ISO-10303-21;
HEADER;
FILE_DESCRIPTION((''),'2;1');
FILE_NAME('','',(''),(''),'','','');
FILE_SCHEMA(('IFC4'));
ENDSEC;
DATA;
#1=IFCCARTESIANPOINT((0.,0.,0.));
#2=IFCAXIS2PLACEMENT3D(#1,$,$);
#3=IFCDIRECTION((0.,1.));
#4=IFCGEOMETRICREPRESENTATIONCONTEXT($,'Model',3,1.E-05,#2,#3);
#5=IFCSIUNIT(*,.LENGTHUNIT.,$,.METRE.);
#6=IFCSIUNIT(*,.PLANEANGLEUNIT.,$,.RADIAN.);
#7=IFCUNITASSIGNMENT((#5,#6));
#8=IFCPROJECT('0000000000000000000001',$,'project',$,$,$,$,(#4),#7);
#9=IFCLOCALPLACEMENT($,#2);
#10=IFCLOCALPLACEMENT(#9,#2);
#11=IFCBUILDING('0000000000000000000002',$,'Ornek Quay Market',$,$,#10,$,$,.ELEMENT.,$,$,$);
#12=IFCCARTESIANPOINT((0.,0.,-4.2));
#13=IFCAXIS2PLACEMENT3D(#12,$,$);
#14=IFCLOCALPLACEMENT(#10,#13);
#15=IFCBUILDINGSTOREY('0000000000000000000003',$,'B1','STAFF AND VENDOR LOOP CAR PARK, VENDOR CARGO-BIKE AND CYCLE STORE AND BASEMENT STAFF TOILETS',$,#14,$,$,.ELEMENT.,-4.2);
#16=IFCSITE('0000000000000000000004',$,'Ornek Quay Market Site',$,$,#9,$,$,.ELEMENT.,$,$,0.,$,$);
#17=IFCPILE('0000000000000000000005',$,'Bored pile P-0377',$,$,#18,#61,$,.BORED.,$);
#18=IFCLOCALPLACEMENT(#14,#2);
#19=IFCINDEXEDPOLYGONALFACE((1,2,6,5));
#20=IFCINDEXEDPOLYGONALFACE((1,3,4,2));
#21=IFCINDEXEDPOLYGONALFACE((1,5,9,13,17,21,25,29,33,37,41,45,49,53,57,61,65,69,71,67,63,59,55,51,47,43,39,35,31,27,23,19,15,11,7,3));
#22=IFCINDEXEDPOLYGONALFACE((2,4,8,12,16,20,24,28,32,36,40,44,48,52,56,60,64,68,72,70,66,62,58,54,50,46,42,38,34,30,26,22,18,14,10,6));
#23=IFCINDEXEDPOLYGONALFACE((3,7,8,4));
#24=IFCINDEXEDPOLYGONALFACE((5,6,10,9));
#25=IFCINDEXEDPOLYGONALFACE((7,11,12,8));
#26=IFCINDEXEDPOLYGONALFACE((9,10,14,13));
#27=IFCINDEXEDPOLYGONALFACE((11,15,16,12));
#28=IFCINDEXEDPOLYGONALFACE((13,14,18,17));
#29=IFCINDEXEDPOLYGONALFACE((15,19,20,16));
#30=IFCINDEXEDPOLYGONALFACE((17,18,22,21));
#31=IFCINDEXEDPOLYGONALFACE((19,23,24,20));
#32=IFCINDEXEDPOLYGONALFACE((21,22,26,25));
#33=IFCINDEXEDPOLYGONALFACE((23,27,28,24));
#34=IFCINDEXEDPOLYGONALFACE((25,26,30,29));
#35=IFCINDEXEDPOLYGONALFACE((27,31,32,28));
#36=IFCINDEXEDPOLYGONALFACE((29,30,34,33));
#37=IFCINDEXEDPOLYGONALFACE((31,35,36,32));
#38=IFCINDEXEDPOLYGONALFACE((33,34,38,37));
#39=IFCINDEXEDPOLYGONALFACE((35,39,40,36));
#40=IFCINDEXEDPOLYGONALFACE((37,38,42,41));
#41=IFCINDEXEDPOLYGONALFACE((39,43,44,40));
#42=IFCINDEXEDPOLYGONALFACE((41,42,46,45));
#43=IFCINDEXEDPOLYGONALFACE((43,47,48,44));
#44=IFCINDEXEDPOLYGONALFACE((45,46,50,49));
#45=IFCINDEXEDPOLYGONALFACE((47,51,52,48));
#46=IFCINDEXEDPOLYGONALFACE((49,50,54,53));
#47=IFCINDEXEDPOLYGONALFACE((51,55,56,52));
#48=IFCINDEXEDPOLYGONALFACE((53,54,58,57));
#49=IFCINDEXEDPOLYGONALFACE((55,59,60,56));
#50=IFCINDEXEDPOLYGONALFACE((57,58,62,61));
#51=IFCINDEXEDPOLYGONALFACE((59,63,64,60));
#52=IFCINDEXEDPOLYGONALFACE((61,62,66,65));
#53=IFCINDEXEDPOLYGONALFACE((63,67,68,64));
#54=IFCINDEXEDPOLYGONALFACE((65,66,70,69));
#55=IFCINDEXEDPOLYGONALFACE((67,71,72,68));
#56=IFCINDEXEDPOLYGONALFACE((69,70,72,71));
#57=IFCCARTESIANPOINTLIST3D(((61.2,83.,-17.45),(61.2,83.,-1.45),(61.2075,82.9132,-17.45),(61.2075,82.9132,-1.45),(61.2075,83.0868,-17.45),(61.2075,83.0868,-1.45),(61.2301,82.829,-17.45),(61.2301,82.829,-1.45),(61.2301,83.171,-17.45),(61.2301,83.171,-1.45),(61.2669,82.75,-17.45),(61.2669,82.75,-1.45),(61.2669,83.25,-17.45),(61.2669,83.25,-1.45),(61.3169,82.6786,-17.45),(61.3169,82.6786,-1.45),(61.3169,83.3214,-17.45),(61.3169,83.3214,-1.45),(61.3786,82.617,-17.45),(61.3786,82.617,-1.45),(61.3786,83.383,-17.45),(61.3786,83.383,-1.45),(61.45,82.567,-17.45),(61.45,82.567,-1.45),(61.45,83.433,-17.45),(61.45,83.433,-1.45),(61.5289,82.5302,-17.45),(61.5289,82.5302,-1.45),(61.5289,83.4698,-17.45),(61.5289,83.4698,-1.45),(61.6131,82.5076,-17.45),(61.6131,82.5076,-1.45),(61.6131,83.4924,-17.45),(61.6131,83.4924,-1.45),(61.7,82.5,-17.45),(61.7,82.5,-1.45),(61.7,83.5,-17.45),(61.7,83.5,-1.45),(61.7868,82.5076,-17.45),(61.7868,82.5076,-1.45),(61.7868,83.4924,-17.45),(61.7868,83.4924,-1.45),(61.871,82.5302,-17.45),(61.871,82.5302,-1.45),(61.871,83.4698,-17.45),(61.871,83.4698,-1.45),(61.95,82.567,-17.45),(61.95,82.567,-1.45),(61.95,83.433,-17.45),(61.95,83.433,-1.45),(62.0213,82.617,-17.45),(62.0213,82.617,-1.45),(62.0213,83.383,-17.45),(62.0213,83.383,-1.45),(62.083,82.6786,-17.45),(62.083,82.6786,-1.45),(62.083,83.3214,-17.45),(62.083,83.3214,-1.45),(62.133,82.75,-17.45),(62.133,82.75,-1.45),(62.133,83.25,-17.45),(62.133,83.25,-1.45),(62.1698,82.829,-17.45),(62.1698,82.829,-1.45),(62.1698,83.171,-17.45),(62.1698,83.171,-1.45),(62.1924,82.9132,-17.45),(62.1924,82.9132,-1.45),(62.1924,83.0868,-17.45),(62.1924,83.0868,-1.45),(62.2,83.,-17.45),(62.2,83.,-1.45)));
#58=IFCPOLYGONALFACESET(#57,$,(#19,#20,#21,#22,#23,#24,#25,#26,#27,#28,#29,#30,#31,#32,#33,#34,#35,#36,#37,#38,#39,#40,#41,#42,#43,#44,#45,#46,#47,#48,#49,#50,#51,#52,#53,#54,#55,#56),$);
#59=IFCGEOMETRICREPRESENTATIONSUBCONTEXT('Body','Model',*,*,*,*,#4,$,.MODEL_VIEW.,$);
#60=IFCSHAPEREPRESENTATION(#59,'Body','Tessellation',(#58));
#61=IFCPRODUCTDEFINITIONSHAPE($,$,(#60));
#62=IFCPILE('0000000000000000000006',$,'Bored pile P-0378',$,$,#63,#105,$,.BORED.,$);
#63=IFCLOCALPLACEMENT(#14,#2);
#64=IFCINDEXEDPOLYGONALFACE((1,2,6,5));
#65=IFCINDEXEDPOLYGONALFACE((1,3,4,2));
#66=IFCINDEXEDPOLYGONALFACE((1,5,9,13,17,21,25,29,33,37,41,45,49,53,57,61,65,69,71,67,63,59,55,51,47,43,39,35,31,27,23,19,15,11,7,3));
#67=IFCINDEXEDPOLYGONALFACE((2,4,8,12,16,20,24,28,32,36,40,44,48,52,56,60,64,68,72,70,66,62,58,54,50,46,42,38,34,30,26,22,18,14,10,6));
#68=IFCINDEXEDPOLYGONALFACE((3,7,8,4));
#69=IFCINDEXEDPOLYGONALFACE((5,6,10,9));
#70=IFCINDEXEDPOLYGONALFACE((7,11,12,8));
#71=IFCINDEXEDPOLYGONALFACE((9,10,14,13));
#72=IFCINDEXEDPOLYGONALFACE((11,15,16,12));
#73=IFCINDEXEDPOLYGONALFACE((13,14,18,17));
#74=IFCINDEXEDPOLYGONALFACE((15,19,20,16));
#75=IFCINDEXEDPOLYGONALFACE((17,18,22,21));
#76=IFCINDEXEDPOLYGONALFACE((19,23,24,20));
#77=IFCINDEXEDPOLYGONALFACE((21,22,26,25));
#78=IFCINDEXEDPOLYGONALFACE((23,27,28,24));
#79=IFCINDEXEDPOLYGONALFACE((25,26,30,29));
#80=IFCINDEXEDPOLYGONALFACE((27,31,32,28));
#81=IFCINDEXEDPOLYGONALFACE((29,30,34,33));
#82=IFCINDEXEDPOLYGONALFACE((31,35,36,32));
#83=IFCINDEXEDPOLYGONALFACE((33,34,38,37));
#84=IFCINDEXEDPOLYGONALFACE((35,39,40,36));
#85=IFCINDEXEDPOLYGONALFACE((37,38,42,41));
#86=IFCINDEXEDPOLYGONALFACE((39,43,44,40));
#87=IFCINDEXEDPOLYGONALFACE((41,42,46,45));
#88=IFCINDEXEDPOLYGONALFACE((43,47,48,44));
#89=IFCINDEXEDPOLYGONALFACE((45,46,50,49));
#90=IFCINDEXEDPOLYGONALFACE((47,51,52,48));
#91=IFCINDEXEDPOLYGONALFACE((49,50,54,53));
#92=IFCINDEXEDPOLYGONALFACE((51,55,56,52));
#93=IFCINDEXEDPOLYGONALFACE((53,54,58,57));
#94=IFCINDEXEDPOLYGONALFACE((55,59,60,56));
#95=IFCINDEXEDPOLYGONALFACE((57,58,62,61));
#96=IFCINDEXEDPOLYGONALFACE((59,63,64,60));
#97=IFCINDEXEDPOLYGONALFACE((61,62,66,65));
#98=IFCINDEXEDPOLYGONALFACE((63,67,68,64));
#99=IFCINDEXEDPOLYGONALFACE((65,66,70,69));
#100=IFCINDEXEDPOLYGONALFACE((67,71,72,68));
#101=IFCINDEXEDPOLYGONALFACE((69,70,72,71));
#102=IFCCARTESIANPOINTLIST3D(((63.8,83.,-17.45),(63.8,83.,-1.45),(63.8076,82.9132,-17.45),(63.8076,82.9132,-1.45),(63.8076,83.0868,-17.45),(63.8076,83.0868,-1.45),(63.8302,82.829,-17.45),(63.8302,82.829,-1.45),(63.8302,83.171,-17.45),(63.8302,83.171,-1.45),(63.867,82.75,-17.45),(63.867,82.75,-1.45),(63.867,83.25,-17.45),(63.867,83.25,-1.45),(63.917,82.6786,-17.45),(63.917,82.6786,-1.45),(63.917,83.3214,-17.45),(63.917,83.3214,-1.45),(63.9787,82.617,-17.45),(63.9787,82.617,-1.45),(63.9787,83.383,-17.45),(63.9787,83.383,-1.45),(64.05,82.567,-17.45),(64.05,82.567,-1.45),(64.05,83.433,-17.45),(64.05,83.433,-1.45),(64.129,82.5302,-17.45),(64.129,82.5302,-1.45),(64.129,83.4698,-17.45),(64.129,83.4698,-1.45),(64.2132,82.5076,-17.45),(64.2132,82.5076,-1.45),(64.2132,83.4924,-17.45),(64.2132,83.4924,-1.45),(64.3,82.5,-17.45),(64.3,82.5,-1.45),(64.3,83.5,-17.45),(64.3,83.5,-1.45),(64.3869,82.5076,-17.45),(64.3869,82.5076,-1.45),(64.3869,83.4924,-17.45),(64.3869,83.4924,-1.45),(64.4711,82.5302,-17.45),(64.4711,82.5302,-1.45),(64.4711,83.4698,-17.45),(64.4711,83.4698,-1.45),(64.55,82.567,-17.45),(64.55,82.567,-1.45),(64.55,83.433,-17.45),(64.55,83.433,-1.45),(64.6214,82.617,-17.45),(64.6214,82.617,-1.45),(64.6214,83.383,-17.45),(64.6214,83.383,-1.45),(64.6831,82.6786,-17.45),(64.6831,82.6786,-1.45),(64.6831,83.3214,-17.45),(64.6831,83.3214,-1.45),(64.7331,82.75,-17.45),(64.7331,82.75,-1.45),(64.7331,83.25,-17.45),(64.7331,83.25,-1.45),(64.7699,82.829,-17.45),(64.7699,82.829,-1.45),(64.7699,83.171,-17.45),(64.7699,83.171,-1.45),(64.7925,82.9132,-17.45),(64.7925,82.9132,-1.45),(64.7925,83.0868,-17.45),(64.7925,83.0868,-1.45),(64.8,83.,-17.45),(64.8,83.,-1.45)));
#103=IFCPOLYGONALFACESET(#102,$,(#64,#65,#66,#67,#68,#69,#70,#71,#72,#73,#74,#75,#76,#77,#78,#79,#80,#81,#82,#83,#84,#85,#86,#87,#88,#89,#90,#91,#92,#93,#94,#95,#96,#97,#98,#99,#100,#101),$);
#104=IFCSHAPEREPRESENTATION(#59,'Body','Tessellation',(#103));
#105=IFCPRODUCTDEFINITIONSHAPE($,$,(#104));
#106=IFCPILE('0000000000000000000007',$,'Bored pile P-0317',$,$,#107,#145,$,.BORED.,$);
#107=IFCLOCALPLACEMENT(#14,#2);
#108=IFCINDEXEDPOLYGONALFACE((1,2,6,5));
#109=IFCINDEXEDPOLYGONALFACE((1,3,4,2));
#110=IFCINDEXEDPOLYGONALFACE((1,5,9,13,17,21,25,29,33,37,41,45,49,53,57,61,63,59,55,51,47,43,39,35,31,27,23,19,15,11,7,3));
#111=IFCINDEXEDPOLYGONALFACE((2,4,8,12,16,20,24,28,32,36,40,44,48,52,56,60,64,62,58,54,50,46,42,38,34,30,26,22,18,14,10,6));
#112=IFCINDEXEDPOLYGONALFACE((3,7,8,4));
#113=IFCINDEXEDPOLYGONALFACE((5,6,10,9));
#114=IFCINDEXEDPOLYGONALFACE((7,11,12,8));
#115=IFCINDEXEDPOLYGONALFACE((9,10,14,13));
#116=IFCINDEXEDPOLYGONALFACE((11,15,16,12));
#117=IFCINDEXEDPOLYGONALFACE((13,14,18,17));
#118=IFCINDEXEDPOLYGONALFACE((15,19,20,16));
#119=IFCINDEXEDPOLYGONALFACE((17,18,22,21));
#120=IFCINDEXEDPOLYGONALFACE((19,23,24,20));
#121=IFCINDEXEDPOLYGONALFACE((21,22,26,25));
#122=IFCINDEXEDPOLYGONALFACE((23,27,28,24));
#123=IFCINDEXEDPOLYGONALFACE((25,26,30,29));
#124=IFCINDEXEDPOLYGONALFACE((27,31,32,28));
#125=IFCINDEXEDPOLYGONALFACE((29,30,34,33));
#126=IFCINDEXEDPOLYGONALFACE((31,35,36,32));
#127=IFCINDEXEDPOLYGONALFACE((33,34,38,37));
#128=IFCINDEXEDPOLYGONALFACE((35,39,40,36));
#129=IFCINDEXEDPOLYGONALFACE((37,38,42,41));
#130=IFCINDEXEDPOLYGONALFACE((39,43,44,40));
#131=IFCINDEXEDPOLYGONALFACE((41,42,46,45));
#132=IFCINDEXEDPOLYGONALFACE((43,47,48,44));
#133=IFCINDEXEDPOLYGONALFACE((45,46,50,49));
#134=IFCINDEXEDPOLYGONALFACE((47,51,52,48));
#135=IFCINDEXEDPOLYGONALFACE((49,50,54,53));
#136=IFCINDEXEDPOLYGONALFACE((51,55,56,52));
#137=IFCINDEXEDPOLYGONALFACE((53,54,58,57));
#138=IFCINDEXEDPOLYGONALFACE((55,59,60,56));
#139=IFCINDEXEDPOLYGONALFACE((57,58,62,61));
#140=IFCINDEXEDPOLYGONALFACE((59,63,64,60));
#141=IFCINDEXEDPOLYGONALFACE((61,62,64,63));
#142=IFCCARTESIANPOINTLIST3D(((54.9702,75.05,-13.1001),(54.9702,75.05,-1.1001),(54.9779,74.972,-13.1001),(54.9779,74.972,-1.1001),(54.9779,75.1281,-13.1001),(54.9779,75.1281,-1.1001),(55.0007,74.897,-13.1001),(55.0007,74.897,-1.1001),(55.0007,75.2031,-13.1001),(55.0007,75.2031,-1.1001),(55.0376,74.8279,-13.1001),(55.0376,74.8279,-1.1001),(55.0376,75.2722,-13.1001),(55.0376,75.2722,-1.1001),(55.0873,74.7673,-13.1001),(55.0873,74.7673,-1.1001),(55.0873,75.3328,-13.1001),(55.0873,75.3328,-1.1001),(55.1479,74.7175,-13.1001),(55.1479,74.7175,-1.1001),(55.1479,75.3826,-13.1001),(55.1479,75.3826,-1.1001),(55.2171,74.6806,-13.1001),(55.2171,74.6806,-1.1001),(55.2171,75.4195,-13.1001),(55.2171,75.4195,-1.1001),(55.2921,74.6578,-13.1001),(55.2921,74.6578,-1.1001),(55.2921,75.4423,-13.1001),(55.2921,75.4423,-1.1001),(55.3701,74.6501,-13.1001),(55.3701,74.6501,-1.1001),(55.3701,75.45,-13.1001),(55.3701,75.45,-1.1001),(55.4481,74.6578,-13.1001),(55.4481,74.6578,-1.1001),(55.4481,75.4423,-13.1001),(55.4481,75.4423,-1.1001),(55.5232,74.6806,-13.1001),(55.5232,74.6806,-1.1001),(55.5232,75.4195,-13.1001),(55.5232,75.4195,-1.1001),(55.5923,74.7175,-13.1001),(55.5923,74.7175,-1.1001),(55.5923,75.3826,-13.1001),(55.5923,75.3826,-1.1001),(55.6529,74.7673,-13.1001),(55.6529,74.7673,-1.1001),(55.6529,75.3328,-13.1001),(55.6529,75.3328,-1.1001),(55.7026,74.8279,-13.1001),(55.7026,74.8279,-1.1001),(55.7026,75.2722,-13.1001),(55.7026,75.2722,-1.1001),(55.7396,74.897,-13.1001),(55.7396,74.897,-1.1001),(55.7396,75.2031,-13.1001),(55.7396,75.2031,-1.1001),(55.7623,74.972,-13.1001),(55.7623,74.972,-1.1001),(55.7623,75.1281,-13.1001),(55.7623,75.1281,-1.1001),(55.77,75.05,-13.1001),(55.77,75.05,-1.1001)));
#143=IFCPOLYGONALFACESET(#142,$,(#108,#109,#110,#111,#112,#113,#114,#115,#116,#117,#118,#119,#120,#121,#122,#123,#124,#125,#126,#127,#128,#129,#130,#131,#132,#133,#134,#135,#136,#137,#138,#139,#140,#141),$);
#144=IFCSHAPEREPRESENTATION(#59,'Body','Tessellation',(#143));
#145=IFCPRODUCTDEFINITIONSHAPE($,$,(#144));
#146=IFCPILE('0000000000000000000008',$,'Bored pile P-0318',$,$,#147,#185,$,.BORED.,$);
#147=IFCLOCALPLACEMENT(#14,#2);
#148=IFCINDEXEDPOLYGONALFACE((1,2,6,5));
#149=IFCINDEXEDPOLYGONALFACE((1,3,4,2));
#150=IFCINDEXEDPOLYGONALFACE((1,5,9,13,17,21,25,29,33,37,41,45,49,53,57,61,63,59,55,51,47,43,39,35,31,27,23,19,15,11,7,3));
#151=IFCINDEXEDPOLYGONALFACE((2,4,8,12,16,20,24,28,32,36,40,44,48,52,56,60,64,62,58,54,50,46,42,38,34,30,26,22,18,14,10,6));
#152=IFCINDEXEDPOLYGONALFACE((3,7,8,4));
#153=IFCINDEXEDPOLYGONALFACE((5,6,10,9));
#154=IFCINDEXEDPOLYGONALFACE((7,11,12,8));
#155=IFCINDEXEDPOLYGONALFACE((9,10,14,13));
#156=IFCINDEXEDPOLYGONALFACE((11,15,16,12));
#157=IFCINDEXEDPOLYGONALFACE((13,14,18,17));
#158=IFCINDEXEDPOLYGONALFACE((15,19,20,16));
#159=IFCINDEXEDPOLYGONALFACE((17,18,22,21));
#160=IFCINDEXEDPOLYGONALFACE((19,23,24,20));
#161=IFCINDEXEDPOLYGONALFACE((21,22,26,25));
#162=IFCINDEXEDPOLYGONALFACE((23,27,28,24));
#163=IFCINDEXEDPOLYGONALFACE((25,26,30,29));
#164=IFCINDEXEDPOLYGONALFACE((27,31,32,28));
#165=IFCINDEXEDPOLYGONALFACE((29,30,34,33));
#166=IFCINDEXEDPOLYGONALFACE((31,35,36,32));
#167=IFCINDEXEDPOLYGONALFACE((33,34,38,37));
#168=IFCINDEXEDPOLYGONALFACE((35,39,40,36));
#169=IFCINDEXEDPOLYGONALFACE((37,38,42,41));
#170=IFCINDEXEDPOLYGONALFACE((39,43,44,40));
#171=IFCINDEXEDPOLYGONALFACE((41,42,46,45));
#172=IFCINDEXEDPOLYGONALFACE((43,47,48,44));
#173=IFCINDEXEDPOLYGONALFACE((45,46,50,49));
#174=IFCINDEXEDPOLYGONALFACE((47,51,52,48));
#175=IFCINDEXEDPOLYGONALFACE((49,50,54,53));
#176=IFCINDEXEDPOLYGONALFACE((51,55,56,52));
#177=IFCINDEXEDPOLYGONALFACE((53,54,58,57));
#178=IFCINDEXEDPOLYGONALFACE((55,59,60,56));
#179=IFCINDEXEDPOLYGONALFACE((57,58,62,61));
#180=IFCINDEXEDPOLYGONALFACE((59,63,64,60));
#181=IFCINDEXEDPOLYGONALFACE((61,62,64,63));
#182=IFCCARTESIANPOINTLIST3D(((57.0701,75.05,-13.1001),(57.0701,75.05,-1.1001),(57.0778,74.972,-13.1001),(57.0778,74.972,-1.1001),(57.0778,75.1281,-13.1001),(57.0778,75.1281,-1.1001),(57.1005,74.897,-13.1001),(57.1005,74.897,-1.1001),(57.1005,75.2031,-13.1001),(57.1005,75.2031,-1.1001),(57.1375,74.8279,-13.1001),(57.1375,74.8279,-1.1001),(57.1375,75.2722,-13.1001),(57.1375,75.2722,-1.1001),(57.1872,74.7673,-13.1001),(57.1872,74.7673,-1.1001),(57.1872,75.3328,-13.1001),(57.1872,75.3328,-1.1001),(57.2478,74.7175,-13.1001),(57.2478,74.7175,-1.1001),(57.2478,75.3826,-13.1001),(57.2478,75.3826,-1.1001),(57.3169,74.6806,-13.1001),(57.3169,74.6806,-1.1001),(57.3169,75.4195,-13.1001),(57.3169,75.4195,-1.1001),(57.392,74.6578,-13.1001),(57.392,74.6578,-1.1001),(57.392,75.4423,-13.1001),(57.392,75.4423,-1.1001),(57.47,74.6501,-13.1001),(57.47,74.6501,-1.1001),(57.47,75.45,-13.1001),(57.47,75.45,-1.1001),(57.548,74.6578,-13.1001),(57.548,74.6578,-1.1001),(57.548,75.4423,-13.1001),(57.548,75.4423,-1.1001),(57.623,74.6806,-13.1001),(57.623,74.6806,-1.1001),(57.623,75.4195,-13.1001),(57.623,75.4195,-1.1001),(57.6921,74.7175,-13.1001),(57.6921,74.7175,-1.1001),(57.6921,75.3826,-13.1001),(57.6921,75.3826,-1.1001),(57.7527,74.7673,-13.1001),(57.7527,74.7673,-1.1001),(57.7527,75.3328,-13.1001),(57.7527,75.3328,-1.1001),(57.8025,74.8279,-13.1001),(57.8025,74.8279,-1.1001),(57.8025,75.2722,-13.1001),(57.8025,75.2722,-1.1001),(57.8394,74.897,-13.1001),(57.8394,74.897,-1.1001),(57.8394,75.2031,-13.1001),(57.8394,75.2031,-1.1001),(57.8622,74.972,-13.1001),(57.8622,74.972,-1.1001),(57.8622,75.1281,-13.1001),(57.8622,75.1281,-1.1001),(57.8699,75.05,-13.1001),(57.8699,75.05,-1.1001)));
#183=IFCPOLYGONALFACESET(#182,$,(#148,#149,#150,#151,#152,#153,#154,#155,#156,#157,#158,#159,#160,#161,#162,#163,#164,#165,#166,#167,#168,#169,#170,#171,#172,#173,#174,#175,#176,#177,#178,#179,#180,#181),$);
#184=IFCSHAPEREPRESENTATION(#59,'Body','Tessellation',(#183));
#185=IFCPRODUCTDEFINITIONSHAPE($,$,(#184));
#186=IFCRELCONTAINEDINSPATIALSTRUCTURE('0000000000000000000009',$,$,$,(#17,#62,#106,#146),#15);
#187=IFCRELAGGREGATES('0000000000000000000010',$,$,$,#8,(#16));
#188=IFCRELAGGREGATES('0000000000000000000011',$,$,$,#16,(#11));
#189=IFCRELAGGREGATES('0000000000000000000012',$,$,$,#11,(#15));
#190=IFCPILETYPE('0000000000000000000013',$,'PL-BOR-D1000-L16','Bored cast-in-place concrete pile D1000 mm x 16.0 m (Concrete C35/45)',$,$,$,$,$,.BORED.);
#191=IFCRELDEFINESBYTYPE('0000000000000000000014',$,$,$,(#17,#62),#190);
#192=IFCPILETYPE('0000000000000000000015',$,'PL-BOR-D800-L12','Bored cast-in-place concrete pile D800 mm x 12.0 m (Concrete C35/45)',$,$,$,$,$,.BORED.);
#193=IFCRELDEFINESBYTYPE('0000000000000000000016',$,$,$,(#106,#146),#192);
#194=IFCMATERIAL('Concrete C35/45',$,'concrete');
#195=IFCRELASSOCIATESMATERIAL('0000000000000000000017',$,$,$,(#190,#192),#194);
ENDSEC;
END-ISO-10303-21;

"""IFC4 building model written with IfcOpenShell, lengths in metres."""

from ifc_helpers import new_model, si_unit, direction, frame, origin, origin_2d, place, context, subcontext, project, spatial, circle, extrude, material, material_profile, profile_set, type_object, element, save


model = new_model("IFC4")

# Units and contexts
model_context = context("Model", 3, precision=1e-05, world=origin(), true_north=direction((0.0, 1.0)))
body_context = subcontext(model_context, "Body", "Model", "MODEL_VIEW")
ifc_project = project(units=[si_unit("LENGTHUNIT", "METRE"), si_unit("PLANEANGLEUNIT", "RADIAN")], contexts=[model_context])

# Site, building, storey
site_placement = place(None, origin())
site = spatial("IfcSite", under=ifc_project, at=site_placement, Name="Ornek Quay Market Site", CompositionType="ELEMENT", RefElevation=0.0)
building_placement = place(site_placement, origin())
building = spatial("IfcBuilding", under=site, at=building_placement, Name="Ornek Quay Market", CompositionType="ELEMENT")
storey_placement = place(building_placement, frame((0.0, 0.0, -4.2)))
storey = spatial("IfcBuildingStorey", under=building, at=storey_placement, Name="B1", Description="STAFF AND VENDOR LOOP CAR PARK, VENDOR CARGO-BIKE AND CYCLE STORE AND BASEMENT STAFF TOILETS", CompositionType="ELEMENT", Elevation=-4.2)

# Piles
ifc_material_1 = material(Name="Concrete C35/45", Category="concrete")
ifc_material_profile_1 = material_profile(ifc_material_1, circle(Radius=0.5, at=origin_2d()), Name="PILE D1000", Category="concrete")
ifc_profile_set_1 = profile_set([ifc_material_profile_1], Name="Concrete C35/45")
pile_type_1 = type_object("IfcPileType", Name="PL-BOR-D1000-L16", Description="Bored cast-in-place concrete pile D1000 mm x 16.0 m (Concrete C35/45)", PredefinedType="BORED", material=ifc_profile_set_1)
for number, where, z_axis, x_axis, name in (
    (1, (61.7, 83.0, -1.45), (0.0, 0.0, -1.0), (1.0, 0.0, 0.0), "Bored pile P-0377"),
    (2, (64.3, 83.0, -1.45), (0.0, 0.0, -1.0), (1.0, 0.0, 0.0), "Bored pile P-0378"),
):
    element("IfcPile", number, at=place(storey_placement, frame(where, z_axis=z_axis, x_axis=x_axis)), inside=storey, type_object=pile_type_1, Name=name, PredefinedType="BORED", context=body_context, shape_type="SweptSolid", body=[
        extrude(circle(Radius=0.5, at=origin_2d()), origin(), (0.0, 0.0, 1.0), 16.0),
    ])
ifc_material_profile_2 = material_profile(ifc_material_1, circle(Radius=0.3999, at=origin_2d()), Name="PILE D800", Category="concrete")
ifc_profile_set_2 = profile_set([ifc_material_profile_2], Name="Concrete C35/45")
pile_type_2 = type_object("IfcPileType", Name="PL-BOR-D800-L12", Description="Bored cast-in-place concrete pile D800 mm x 12.0 m (Concrete C35/45)", PredefinedType="BORED", material=ifc_profile_set_2)
for number, where, z_axis, x_axis, name in (
    (3, (55.3701, 75.05, -1.1001), (0.0, 0.0, -1.0), (1.0, 0.0, 0.0), "Bored pile P-0317"),
    (4, (57.47, 75.05, -1.1001), (0.0, 0.0, -1.0), (1.0, 0.0, 0.0), "Bored pile P-0318"),
):
    element("IfcPile", number, at=place(storey_placement, frame(where, z_axis=z_axis, x_axis=x_axis)), inside=storey, type_object=pile_type_2, Name=name, PredefinedType="BORED", context=body_context, shape_type="SweptSolid", body=[
        extrude(circle(Radius=0.3999, at=origin_2d()), origin(), (0.0, 0.0, 1.0), 12.0),
    ])

save(model, "model.ifc")
